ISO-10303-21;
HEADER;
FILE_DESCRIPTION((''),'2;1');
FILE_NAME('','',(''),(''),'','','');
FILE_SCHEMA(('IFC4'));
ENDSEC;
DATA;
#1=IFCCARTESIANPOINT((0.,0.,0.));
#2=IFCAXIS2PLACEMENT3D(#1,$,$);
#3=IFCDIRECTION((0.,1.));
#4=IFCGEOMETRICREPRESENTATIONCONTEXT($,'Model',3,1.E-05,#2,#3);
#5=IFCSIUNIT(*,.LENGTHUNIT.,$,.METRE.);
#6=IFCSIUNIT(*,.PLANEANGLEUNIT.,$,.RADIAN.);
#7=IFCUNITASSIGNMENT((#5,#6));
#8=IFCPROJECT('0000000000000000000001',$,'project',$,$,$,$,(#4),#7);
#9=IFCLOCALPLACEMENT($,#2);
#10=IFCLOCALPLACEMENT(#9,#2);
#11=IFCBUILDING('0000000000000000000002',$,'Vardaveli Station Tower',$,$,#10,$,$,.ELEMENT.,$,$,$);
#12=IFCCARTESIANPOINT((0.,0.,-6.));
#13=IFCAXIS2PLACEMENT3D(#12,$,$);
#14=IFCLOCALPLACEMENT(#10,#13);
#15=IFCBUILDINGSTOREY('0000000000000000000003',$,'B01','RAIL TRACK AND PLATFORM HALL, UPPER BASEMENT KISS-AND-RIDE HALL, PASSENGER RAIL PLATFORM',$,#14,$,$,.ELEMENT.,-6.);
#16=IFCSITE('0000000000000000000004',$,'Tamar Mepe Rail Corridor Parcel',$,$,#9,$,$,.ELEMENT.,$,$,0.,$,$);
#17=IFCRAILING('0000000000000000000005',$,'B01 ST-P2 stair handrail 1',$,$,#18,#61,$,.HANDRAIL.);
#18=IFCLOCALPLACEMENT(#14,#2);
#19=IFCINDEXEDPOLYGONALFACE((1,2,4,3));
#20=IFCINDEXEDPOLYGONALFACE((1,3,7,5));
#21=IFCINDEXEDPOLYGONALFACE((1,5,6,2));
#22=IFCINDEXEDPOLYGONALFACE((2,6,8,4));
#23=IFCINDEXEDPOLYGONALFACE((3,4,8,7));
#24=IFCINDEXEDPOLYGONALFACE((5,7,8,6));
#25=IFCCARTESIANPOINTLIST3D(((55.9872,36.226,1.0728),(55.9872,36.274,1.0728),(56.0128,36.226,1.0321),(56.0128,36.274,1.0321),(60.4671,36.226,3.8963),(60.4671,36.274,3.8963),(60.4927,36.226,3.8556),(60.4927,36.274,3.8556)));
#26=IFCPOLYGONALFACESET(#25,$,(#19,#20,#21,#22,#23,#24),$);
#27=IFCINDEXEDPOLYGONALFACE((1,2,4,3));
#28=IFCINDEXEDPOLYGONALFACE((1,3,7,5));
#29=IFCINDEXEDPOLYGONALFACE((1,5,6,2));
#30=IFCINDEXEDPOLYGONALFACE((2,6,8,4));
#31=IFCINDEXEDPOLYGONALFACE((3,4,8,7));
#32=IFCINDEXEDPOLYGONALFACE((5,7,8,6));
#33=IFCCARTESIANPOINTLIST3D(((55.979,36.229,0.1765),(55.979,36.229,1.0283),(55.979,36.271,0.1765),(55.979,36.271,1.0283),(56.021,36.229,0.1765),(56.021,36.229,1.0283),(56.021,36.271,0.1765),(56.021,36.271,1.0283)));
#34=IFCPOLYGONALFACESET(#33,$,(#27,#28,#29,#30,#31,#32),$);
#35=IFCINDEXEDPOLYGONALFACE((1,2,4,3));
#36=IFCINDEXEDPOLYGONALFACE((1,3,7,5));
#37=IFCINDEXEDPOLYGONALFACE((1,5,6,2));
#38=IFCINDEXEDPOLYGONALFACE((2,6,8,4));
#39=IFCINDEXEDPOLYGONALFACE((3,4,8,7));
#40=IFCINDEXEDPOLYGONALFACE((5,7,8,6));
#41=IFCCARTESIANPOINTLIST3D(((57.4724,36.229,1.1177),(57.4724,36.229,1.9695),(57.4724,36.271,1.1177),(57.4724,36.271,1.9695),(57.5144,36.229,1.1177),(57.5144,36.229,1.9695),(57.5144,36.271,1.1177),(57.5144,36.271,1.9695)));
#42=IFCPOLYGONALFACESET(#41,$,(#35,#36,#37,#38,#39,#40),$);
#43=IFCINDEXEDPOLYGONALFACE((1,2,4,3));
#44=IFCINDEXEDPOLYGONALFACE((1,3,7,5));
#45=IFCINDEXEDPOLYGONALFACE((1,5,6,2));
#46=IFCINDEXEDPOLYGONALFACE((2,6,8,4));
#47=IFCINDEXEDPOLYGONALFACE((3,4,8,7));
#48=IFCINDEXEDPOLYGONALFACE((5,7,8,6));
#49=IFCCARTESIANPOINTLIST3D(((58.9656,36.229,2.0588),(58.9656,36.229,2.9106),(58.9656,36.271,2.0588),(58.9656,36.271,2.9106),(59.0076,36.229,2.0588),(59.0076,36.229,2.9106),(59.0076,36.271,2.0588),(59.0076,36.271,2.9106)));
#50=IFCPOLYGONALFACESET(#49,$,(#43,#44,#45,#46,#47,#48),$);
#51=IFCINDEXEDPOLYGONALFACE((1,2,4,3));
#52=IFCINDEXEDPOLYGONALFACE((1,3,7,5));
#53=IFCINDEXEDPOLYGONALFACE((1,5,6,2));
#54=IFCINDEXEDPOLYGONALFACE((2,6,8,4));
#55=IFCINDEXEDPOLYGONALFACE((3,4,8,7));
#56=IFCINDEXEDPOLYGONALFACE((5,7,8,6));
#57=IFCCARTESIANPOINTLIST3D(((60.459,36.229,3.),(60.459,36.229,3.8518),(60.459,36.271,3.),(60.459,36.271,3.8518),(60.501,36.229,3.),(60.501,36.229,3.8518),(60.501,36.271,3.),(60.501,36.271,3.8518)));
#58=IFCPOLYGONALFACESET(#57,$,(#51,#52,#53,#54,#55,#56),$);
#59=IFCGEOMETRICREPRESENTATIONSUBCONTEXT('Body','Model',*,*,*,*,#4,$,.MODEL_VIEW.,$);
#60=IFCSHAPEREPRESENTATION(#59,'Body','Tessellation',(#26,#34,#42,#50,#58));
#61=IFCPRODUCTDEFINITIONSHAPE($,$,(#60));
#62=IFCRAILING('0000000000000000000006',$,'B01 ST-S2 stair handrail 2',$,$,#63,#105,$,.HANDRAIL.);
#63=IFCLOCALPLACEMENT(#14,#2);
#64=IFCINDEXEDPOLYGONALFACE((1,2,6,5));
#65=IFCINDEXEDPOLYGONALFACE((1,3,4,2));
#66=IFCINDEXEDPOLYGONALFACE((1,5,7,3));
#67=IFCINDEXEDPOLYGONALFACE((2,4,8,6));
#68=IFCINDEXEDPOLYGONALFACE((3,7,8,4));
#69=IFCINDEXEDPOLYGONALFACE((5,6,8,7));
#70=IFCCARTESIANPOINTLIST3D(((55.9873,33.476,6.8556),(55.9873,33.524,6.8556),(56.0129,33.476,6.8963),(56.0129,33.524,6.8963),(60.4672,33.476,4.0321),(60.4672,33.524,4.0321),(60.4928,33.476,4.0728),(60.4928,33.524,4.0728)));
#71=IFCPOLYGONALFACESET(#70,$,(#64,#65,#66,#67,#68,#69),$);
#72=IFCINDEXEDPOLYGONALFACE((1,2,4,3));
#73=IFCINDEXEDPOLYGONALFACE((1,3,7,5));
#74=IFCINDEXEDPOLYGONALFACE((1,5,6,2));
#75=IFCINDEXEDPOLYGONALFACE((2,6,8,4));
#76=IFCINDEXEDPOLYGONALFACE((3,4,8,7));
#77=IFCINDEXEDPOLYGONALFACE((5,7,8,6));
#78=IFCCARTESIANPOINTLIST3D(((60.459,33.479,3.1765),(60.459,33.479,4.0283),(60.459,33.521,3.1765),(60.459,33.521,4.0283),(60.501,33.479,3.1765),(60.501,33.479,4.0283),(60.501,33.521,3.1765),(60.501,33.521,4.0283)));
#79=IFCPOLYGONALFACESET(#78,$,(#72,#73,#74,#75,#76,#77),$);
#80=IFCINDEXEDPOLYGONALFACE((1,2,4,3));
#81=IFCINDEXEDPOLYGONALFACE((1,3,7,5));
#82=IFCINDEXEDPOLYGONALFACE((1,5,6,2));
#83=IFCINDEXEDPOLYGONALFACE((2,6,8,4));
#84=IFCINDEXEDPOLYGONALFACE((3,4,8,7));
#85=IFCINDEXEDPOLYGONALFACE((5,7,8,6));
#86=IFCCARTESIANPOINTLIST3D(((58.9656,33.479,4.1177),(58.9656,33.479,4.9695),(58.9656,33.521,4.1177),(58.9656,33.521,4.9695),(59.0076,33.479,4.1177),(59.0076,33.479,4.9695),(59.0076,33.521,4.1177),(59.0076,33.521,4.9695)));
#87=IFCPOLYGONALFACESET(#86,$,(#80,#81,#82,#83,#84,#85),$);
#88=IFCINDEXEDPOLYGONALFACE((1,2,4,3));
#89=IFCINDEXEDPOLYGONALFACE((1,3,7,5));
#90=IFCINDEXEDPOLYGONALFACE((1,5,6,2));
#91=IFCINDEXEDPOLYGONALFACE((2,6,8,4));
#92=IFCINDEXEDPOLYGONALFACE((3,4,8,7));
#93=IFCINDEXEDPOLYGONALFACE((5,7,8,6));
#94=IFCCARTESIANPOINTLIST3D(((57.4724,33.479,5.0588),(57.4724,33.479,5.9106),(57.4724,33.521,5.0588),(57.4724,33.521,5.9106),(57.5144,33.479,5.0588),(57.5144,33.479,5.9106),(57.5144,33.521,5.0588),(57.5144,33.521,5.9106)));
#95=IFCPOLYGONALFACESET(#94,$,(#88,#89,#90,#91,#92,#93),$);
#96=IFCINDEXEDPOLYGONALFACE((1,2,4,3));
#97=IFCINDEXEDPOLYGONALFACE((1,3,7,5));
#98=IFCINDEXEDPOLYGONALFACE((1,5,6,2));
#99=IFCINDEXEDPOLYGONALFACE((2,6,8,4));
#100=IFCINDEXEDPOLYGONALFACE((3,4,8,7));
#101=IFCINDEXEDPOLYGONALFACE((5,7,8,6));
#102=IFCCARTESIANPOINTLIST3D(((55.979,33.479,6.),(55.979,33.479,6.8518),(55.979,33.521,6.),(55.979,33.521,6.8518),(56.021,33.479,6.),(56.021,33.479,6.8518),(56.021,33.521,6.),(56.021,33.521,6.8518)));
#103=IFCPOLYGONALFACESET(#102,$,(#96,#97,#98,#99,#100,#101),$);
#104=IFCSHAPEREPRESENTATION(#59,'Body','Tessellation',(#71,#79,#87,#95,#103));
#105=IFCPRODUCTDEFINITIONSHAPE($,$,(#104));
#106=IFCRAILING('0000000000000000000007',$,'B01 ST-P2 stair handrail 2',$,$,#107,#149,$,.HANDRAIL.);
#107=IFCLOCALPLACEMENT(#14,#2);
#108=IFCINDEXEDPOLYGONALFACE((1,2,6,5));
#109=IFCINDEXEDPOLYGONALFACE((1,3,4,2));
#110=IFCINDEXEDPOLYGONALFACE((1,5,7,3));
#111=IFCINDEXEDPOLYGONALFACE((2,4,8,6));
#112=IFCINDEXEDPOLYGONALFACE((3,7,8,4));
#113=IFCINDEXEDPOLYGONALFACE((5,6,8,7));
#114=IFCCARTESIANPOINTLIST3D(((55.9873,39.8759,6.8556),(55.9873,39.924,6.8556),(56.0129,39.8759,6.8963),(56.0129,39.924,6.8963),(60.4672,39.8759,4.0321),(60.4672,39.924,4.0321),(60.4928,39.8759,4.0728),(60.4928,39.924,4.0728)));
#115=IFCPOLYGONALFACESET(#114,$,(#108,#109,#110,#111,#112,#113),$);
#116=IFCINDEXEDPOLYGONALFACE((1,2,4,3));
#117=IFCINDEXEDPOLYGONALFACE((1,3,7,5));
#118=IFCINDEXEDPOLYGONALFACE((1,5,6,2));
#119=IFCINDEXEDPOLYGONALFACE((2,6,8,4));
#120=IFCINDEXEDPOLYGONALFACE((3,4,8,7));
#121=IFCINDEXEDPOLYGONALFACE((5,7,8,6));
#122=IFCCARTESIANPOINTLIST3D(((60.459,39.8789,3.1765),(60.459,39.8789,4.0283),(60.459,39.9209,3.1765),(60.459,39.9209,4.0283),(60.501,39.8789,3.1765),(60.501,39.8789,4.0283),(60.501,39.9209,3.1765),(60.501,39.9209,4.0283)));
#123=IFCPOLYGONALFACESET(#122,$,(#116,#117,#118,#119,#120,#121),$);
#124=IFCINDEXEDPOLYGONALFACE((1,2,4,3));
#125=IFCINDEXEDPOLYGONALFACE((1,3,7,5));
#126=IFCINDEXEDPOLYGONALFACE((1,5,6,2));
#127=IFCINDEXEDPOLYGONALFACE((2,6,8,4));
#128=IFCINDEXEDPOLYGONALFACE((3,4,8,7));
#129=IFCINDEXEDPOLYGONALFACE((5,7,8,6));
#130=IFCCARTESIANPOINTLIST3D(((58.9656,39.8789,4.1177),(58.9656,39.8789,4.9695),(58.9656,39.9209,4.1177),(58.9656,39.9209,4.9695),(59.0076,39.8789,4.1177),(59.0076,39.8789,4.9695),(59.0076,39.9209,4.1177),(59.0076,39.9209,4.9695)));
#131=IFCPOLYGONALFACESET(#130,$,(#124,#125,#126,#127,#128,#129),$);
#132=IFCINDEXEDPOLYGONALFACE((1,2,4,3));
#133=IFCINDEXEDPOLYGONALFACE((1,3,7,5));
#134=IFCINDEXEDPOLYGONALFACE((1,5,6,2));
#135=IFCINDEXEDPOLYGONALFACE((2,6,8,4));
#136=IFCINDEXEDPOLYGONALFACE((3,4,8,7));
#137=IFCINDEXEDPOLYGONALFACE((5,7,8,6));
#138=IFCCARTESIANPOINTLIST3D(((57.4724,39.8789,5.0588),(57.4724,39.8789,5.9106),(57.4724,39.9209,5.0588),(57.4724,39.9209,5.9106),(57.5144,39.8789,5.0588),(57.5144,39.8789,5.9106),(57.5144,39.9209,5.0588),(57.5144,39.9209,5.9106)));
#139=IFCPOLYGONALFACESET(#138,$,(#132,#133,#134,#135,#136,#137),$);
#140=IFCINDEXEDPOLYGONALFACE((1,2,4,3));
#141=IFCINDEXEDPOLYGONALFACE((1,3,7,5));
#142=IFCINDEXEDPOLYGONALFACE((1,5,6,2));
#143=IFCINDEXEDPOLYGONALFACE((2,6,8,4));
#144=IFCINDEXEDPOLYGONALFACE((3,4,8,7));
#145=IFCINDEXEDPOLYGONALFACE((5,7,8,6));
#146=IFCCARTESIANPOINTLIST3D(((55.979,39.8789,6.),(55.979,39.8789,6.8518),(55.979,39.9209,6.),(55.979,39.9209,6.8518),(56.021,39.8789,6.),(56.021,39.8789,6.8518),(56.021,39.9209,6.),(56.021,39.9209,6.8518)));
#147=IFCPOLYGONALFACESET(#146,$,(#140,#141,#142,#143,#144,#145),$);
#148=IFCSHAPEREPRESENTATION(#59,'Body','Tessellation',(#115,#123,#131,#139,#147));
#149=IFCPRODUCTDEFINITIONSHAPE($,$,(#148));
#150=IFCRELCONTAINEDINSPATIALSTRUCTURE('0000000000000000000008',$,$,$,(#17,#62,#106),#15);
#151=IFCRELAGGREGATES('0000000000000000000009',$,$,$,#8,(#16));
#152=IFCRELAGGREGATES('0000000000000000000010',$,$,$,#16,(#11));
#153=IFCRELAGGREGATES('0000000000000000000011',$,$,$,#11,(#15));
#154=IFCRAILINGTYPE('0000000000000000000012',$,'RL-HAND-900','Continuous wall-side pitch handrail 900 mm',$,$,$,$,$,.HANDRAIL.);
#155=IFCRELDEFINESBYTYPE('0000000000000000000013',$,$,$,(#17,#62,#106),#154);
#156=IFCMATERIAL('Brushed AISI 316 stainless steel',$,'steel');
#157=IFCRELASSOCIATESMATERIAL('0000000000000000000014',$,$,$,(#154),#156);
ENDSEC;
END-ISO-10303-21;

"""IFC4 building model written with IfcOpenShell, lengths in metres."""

from ifc_helpers import new_model, si_unit, direction, frame, origin, origin_2d, place, context, subcontext, project, spatial, rectangle, extrude, source, transform, mapped, material, type_object, element, save


model = new_model("IFC4")

# Units and contexts
model_context = context("Model", 3, precision=1e-05, world=origin(), true_north=direction((0.0, 1.0)))
body_context = subcontext(model_context, "Body", "Model", "MODEL_VIEW")
ifc_project = project(units=[si_unit("LENGTHUNIT", "METRE"), si_unit("PLANEANGLEUNIT", "RADIAN")], contexts=[model_context])

# Site, building, storey
site_placement = place(None, origin())
site = spatial("IfcSite", under=ifc_project, at=site_placement, Name="Tamar Mepe Rail Corridor Parcel", CompositionType="ELEMENT", RefElevation=0.0)
building_placement = place(site_placement, origin())
building = spatial("IfcBuilding", under=site, at=building_placement, Name="Vardaveli Station Tower", CompositionType="ELEMENT")
storey_placement = place(building_placement, frame((0.0, 0.0, -6.0)))
storey = spatial("IfcBuildingStorey", under=building, at=storey_placement, Name="B01", Description="RAIL TRACK AND PLATFORM HALL, UPPER BASEMENT KISS-AND-RIDE HALL, PASSENGER RAIL PLATFORM", CompositionType="ELEMENT", Elevation=-6.0)

# Railings
ifc_material_1 = material(Name="Brushed AISI 316 stainless steel", Category="steel")
railing_type_1 = type_object("IfcRailingType", Name="RL-HAND-900", Description="Continuous wall-side pitch handrail 900 mm", PredefinedType="HANDRAIL", material=ifc_material_1)
shared_shape_1 = source(origin(), body_context, "Body", "SweptSolid", [
    extrude(rectangle(XDim=0.0481, YDim=0.0481, at=origin_2d()), frame((0.0, 0.0, 0.876), z_axis=(0.845998, 0.0, 0.533186), x_axis=(0.0, 1.0, 0.0)), (0.0, 0.0, 1.0), 5.2954),
    extrude(rectangle(XDim=0.042, YDim=0.042, at=origin_2d()), origin(), (0.0, 0.0, 1.0), 0.8518),
    extrude(rectangle(XDim=0.042, YDim=0.042, at=origin_2d()), frame((1.4934, 0.0, 0.9412)), (0.0, 0.0, 1.0), 0.8518),
    extrude(rectangle(XDim=0.042, YDim=0.042, at=origin_2d()), frame((2.9866, 0.0, 1.8823)), (0.0, 0.0, 1.0), 0.8518),
    extrude(rectangle(XDim=0.042, YDim=0.042, at=origin_2d()), frame((4.48, 0.0, 2.8235)), (0.0, 0.0, 1.0), 0.8518),
])
railing_1_placement = place(storey_placement, frame((56.0, 36.25, 0.1765)))
element("IfcRailing", 1, at=railing_1_placement, inside=storey, type_object=railing_type_1, Name="B01 ST-P2 stair handrail 1", PredefinedType="HANDRAIL", context=body_context, shape_type="MappedRepresentation", body=[
    mapped(shared_shape_1, transform((0.0, 0.0, 0.0), scale=1.0)),
])
shared_shape_2 = source(origin(), body_context, "Body", "SweptSolid", [
    extrude(rectangle(XDim=0.0481, YDim=0.0481, at=origin_2d()), frame((0.0, 0.0, 0.876), z_axis=(-0.845998, 0.0, 0.533186), x_axis=(0.0, -1.0, 0.0)), (0.0, 0.0, 1.0), 5.2954),
    extrude(rectangle(XDim=0.042, YDim=0.042, at=origin_2d()), origin(), (0.0, 0.0, 1.0), 0.8518),
    extrude(rectangle(XDim=0.042, YDim=0.042, at=origin_2d()), frame((-1.4934, 0.0, 0.9412)), (0.0, 0.0, 1.0), 0.8518),
    extrude(rectangle(XDim=0.042, YDim=0.042, at=origin_2d()), frame((-2.9866, 0.0, 1.8823)), (0.0, 0.0, 1.0), 0.8518),
    extrude(rectangle(XDim=0.042, YDim=0.042, at=origin_2d()), frame((-4.48, 0.0, 2.8235)), (0.0, 0.0, 1.0), 0.8518),
])
for number, where, name in (
    (2, (60.48, 33.5, 3.1765), "B01 ST-S2 stair handrail 2"),
    (3, (60.48, 39.8999, 3.1765), "B01 ST-P2 stair handrail 2"),
):
    element("IfcRailing", number, at=place(storey_placement, frame(where)), inside=storey, type_object=railing_type_1, Name=name, PredefinedType="HANDRAIL", context=body_context, shape_type="MappedRepresentation", body=[
        mapped(shared_shape_2, transform((0.0, 0.0, 0.0), scale=1.0)),
    ])

save(model, "model.ifc")
